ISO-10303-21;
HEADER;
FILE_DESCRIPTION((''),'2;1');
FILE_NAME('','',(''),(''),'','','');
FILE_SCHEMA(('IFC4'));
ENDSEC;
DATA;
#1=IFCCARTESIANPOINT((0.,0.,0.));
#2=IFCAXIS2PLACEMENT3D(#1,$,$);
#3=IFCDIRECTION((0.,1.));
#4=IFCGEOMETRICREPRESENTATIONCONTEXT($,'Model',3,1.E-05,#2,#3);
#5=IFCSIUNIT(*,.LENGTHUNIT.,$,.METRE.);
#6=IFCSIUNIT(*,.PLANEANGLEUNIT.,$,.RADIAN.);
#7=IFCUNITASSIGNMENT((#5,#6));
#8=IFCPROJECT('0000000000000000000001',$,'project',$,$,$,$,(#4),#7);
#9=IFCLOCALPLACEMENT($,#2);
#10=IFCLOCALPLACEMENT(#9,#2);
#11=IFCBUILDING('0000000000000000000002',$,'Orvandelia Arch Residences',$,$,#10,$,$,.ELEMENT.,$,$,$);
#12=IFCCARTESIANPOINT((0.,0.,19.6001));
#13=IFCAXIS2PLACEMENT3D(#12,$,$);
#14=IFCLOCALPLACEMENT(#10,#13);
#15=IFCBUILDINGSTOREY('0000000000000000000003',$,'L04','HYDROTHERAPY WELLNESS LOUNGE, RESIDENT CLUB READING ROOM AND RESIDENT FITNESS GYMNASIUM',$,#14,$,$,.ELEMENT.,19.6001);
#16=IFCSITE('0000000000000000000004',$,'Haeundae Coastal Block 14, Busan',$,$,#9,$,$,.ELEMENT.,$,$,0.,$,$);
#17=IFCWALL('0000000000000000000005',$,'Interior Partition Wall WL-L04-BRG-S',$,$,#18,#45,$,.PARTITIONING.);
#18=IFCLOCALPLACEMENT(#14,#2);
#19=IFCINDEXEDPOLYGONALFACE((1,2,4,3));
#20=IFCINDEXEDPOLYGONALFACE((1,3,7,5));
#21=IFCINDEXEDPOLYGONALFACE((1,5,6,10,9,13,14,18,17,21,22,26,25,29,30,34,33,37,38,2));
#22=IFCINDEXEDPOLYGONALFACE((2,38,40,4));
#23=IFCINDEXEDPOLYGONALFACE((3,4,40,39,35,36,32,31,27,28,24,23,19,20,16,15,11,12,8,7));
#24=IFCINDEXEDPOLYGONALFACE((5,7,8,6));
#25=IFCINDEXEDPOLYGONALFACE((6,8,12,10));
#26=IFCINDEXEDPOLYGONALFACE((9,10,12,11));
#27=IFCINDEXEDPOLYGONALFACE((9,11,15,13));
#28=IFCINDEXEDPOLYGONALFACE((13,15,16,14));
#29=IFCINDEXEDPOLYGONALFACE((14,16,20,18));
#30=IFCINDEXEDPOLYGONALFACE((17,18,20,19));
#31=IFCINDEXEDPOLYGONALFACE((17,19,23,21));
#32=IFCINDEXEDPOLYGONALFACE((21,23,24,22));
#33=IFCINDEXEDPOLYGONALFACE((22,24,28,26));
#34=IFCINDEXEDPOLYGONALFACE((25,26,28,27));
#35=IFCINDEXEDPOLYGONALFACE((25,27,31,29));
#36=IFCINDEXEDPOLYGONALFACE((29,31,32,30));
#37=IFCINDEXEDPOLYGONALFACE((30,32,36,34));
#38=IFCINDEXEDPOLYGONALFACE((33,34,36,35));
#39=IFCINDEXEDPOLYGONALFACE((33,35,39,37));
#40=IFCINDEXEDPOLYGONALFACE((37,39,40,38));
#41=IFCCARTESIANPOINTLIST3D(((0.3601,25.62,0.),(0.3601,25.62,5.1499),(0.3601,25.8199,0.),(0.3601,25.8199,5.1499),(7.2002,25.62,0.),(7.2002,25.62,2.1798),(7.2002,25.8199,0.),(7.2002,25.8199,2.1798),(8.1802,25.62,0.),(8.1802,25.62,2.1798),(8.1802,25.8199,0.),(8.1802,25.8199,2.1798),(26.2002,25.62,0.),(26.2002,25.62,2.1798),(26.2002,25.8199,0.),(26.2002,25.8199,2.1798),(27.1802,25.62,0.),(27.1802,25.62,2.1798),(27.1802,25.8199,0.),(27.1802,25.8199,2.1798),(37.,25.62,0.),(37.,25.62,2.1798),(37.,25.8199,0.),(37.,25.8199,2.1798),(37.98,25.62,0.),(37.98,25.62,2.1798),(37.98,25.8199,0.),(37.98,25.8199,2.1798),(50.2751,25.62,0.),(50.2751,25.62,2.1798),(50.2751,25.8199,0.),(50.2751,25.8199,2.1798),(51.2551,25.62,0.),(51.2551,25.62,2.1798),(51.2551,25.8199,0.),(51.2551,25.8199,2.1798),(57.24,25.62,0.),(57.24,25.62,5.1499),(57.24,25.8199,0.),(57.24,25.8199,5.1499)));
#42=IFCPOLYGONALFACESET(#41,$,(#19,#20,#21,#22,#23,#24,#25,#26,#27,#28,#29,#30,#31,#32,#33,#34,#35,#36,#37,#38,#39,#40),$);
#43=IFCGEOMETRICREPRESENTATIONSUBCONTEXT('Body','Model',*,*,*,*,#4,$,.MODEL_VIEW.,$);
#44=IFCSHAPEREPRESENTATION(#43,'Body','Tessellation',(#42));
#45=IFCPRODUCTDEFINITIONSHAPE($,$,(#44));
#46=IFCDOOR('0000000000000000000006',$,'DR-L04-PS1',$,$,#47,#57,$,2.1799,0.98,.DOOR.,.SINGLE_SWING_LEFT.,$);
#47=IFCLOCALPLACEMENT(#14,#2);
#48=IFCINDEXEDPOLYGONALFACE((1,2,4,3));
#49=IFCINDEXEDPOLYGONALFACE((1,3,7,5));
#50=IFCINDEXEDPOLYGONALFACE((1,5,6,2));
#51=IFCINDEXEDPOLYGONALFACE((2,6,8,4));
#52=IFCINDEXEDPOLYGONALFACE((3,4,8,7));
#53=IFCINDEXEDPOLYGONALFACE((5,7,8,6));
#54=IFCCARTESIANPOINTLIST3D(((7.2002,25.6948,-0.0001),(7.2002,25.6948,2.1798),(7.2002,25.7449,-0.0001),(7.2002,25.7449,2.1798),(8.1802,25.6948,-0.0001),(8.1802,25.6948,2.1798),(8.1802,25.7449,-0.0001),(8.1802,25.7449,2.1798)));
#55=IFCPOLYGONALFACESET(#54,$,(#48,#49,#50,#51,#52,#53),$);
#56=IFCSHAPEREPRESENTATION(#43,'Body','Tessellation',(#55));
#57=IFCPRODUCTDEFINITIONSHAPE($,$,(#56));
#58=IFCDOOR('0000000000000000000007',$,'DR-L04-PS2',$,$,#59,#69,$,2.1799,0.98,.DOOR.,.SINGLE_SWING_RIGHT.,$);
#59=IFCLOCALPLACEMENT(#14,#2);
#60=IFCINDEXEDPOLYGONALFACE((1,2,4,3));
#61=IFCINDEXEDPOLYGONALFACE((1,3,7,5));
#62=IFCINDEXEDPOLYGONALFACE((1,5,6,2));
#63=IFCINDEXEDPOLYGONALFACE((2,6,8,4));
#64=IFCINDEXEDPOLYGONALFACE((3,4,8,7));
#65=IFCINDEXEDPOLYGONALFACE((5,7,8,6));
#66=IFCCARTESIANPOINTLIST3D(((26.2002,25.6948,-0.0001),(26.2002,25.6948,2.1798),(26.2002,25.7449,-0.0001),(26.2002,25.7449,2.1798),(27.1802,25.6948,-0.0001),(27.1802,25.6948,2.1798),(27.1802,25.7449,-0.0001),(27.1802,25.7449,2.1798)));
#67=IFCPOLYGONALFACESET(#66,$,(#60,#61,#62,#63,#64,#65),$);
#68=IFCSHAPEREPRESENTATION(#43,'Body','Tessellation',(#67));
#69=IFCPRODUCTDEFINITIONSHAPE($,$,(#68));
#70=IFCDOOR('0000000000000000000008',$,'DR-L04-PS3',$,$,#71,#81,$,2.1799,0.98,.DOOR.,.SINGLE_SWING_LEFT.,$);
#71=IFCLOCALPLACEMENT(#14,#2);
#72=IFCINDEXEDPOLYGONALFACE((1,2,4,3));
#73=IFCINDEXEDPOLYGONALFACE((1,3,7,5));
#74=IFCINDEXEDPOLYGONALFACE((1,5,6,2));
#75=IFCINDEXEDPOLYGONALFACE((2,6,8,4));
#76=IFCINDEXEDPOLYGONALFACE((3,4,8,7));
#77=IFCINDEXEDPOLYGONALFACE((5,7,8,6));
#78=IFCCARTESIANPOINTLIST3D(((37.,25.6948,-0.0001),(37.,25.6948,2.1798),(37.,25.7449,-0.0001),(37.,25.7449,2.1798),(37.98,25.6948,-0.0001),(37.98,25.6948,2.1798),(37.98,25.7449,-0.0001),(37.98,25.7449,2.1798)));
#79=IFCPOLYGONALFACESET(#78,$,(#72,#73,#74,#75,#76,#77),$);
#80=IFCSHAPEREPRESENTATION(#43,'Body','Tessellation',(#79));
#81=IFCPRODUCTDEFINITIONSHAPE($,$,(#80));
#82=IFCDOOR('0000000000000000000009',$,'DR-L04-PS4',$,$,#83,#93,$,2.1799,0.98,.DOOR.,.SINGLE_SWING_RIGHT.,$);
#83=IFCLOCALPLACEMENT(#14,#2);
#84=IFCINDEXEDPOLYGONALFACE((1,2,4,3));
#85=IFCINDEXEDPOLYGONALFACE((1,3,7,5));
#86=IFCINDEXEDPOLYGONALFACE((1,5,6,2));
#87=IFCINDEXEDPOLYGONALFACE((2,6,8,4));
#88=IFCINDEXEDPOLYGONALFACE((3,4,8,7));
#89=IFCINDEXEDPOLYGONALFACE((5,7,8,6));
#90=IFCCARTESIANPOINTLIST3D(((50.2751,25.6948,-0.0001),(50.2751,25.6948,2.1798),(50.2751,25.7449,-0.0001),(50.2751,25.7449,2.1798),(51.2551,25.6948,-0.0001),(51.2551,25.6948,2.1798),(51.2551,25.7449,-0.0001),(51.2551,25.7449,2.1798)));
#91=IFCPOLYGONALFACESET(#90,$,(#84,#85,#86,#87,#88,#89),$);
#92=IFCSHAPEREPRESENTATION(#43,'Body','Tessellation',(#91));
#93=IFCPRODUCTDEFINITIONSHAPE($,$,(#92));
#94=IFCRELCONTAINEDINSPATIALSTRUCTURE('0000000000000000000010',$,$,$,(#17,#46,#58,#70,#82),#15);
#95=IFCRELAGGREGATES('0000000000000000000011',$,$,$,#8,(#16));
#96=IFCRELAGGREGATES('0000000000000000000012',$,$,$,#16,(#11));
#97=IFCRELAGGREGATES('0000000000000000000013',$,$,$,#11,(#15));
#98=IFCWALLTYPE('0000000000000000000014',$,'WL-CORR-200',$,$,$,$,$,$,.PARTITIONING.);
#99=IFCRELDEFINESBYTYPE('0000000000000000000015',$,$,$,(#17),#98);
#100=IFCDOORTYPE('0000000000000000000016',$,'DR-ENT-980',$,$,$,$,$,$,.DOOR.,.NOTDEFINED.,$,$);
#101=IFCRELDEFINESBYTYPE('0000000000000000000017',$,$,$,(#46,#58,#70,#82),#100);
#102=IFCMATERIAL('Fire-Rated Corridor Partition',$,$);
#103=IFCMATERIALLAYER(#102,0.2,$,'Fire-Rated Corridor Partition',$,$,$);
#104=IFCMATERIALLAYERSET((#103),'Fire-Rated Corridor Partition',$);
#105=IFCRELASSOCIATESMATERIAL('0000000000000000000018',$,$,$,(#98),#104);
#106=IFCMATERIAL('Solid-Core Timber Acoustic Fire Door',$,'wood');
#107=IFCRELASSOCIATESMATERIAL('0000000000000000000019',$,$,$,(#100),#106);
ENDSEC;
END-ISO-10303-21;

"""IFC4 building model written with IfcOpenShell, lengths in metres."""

from ifc_helpers import new_model, si_unit, direction, frame, frame_2d, origin, place, context, subcontext, project, spatial, rectangle, extrude, material, layer, layer_set, type_object, element, fill, save


model = new_model("IFC4")

# Units and contexts
model_context = context("Model", 3, precision=1e-05, world=origin(), true_north=direction((0.0, 1.0)))
body_context = subcontext(model_context, "Body", "Model", "MODEL_VIEW")
ifc_project = project(units=[si_unit("LENGTHUNIT", "METRE"), si_unit("PLANEANGLEUNIT", "RADIAN")], contexts=[model_context])

# Site, building, storey
site_placement = place(None, origin())
site = spatial("IfcSite", under=ifc_project, at=site_placement, Name="Haeundae Coastal Block 14, Busan", CompositionType="ELEMENT", RefElevation=0.0)
building_placement = place(site_placement, origin())
building = spatial("IfcBuilding", under=site, at=building_placement, Name="Orvandelia Arch Residences", CompositionType="ELEMENT")
storey_placement = place(building_placement, frame((0.0, 0.0, 19.6001)))
storey = spatial("IfcBuildingStorey", under=building, at=storey_placement, Name="L04", Description="HYDROTHERAPY WELLNESS LOUNGE, RESIDENT CLUB READING ROOM AND RESIDENT FITNESS GYMNASIUM", CompositionType="ELEMENT", Elevation=19.6001)

# Wall, openings, doors
ifc_material_1 = material(Name="Fire-Rated Corridor Partition")
ifc_layer = layer(ifc_material_1, 0.2, Name="Fire-Rated Corridor Partition")
ifc_layer_set = layer_set([ifc_layer], Name="Fire-Rated Corridor Partition")
wall_type = type_object("IfcWallType", Name="WL-CORR-200", PredefinedType="PARTITIONING", material=ifc_layer_set)
wall_placement = place(storey_placement, frame((0.3601, 25.72, 0.0), z_axis=(0.0, 0.0, 1.0), x_axis=(1.0, 0.0, 0.0)))
wall = element("IfcWall", 1, at=wall_placement, inside=storey, type_object=wall_type, Name="Interior Partition Wall WL-L04-BRG-S", PredefinedType="PARTITIONING", context=body_context, shape_type="SweptSolid", body=[
    extrude(rectangle(XDim=56.8799, YDim=0.2, at=frame_2d((28.4399, 0.0))), origin(), (0.0, 0.0, 1.0), 5.1499),
])
opening_1_placement = place(wall_placement, frame((6.8401, 0.0, 0.0)))
opening_1 = element("IfcOpeningElement", 2, at=opening_1_placement, cuts=wall, PredefinedType="OPENING", context=body_context, shape_type="SweptSolid", body=[
    extrude(rectangle(XDim=0.98, YDim=2.1799, at=frame_2d((0.49, 1.0898))), frame((0.0, 0.1099, 0.0), z_axis=(0.0, -1.0, 0.0), x_axis=(1.0, 0.0, 0.0)), (0.0, 0.0, 1.0), 0.22),
])
opening_2_placement = place(wall_placement, frame((25.8401, 0.0, 0.0)))
opening_2 = element("IfcOpeningElement", 3, at=opening_2_placement, cuts=wall, PredefinedType="OPENING", context=body_context, shape_type="SweptSolid", body=[
    extrude(rectangle(XDim=0.98, YDim=2.1799, at=frame_2d((0.49, 1.0898))), frame((0.0, 0.1099, 0.0), z_axis=(0.0, -1.0, 0.0), x_axis=(1.0, 0.0, 0.0)), (0.0, 0.0, 1.0), 0.22),
])
opening_3_placement = place(wall_placement, frame((36.6399, 0.0, 0.0)))
opening_3 = element("IfcOpeningElement", 4, at=opening_3_placement, cuts=wall, PredefinedType="OPENING", context=body_context, shape_type="SweptSolid", body=[
    extrude(rectangle(XDim=0.98, YDim=2.1799, at=frame_2d((0.49, 1.0898))), frame((0.0, 0.1099, 0.0), z_axis=(0.0, -1.0, 0.0), x_axis=(1.0, 0.0, 0.0)), (0.0, 0.0, 1.0), 0.22),
])
opening_4_placement = place(wall_placement, frame((49.915, 0.0, 0.0)))
opening_4 = element("IfcOpeningElement", 5, at=opening_4_placement, cuts=wall, PredefinedType="OPENING", context=body_context, shape_type="SweptSolid", body=[
    extrude(rectangle(XDim=0.98, YDim=2.1799, at=frame_2d((0.49, 1.0898))), frame((0.0, 0.1099, 0.0), z_axis=(0.0, -1.0, 0.0), x_axis=(1.0, 0.0, 0.0)), (0.0, 0.0, 1.0), 0.22),
])
ifc_material_2 = material(Name="Solid-Core Timber Acoustic Fire Door", Category="wood")
door_type = type_object("IfcDoorType", Name="DR-ENT-980", OperationType="NOTDEFINED", PredefinedType="DOOR", material=ifc_material_2)
door_1_placement = place(opening_1_placement, origin())
door_1 = element("IfcDoor", 6, at=door_1_placement, inside=storey, type_object=door_type, Name="DR-L04-PS1", OperationType="SINGLE_SWING_LEFT", OverallHeight=2.1799, OverallWidth=0.98, PredefinedType="DOOR", context=body_context, shape_type="SweptSolid", body=[
    extrude(rectangle(XDim=0.98, YDim=2.1799, at=frame_2d((0.49, 1.0898))), frame((0.0, 0.0249, 0.0), z_axis=(0.0, -1.0, 0.0), x_axis=(1.0, 0.0, 0.0)), (0.0, 0.0, 1.0), 0.05),
])
fill(opening_1, door_1)
door_2_placement = place(opening_2_placement, origin())
door_2 = element("IfcDoor", 7, at=door_2_placement, inside=storey, type_object=door_type, Name="DR-L04-PS2", OperationType="SINGLE_SWING_RIGHT", OverallHeight=2.1799, OverallWidth=0.98, PredefinedType="DOOR", context=body_context, shape_type="SweptSolid", body=[
    extrude(rectangle(XDim=0.98, YDim=2.1799, at=frame_2d((0.49, 1.0898))), frame((0.0, 0.0249, 0.0), z_axis=(0.0, -1.0, 0.0), x_axis=(1.0, 0.0, 0.0)), (0.0, 0.0, 1.0), 0.05),
])
fill(opening_2, door_2)
door_3_placement = place(opening_3_placement, origin())
door_3 = element("IfcDoor", 8, at=door_3_placement, inside=storey, type_object=door_type, Name="DR-L04-PS3", OperationType="SINGLE_SWING_LEFT", OverallHeight=2.1799, OverallWidth=0.98, PredefinedType="DOOR", context=body_context, shape_type="SweptSolid", body=[
    extrude(rectangle(XDim=0.98, YDim=2.1799, at=frame_2d((0.49, 1.0898))), frame((0.0, 0.0249, 0.0), z_axis=(0.0, -1.0, 0.0), x_axis=(1.0, 0.0, 0.0)), (0.0, 0.0, 1.0), 0.05),
])
fill(opening_3, door_3)
door_4_placement = place(opening_4_placement, origin())
door_4 = element("IfcDoor", 9, at=door_4_placement, inside=storey, type_object=door_type, Name="DR-L04-PS4", OperationType="SINGLE_SWING_RIGHT", OverallHeight=2.1799, OverallWidth=0.98, PredefinedType="DOOR", context=body_context, shape_type="SweptSolid", body=[
    extrude(rectangle(XDim=0.98, YDim=2.1799, at=frame_2d((0.49, 1.0898))), frame((0.0, 0.0249, 0.0), z_axis=(0.0, -1.0, 0.0), x_axis=(1.0, 0.0, 0.0)), (0.0, 0.0, 1.0), 0.05),
])
fill(opening_4, door_4)

save(model, "model.ifc")
